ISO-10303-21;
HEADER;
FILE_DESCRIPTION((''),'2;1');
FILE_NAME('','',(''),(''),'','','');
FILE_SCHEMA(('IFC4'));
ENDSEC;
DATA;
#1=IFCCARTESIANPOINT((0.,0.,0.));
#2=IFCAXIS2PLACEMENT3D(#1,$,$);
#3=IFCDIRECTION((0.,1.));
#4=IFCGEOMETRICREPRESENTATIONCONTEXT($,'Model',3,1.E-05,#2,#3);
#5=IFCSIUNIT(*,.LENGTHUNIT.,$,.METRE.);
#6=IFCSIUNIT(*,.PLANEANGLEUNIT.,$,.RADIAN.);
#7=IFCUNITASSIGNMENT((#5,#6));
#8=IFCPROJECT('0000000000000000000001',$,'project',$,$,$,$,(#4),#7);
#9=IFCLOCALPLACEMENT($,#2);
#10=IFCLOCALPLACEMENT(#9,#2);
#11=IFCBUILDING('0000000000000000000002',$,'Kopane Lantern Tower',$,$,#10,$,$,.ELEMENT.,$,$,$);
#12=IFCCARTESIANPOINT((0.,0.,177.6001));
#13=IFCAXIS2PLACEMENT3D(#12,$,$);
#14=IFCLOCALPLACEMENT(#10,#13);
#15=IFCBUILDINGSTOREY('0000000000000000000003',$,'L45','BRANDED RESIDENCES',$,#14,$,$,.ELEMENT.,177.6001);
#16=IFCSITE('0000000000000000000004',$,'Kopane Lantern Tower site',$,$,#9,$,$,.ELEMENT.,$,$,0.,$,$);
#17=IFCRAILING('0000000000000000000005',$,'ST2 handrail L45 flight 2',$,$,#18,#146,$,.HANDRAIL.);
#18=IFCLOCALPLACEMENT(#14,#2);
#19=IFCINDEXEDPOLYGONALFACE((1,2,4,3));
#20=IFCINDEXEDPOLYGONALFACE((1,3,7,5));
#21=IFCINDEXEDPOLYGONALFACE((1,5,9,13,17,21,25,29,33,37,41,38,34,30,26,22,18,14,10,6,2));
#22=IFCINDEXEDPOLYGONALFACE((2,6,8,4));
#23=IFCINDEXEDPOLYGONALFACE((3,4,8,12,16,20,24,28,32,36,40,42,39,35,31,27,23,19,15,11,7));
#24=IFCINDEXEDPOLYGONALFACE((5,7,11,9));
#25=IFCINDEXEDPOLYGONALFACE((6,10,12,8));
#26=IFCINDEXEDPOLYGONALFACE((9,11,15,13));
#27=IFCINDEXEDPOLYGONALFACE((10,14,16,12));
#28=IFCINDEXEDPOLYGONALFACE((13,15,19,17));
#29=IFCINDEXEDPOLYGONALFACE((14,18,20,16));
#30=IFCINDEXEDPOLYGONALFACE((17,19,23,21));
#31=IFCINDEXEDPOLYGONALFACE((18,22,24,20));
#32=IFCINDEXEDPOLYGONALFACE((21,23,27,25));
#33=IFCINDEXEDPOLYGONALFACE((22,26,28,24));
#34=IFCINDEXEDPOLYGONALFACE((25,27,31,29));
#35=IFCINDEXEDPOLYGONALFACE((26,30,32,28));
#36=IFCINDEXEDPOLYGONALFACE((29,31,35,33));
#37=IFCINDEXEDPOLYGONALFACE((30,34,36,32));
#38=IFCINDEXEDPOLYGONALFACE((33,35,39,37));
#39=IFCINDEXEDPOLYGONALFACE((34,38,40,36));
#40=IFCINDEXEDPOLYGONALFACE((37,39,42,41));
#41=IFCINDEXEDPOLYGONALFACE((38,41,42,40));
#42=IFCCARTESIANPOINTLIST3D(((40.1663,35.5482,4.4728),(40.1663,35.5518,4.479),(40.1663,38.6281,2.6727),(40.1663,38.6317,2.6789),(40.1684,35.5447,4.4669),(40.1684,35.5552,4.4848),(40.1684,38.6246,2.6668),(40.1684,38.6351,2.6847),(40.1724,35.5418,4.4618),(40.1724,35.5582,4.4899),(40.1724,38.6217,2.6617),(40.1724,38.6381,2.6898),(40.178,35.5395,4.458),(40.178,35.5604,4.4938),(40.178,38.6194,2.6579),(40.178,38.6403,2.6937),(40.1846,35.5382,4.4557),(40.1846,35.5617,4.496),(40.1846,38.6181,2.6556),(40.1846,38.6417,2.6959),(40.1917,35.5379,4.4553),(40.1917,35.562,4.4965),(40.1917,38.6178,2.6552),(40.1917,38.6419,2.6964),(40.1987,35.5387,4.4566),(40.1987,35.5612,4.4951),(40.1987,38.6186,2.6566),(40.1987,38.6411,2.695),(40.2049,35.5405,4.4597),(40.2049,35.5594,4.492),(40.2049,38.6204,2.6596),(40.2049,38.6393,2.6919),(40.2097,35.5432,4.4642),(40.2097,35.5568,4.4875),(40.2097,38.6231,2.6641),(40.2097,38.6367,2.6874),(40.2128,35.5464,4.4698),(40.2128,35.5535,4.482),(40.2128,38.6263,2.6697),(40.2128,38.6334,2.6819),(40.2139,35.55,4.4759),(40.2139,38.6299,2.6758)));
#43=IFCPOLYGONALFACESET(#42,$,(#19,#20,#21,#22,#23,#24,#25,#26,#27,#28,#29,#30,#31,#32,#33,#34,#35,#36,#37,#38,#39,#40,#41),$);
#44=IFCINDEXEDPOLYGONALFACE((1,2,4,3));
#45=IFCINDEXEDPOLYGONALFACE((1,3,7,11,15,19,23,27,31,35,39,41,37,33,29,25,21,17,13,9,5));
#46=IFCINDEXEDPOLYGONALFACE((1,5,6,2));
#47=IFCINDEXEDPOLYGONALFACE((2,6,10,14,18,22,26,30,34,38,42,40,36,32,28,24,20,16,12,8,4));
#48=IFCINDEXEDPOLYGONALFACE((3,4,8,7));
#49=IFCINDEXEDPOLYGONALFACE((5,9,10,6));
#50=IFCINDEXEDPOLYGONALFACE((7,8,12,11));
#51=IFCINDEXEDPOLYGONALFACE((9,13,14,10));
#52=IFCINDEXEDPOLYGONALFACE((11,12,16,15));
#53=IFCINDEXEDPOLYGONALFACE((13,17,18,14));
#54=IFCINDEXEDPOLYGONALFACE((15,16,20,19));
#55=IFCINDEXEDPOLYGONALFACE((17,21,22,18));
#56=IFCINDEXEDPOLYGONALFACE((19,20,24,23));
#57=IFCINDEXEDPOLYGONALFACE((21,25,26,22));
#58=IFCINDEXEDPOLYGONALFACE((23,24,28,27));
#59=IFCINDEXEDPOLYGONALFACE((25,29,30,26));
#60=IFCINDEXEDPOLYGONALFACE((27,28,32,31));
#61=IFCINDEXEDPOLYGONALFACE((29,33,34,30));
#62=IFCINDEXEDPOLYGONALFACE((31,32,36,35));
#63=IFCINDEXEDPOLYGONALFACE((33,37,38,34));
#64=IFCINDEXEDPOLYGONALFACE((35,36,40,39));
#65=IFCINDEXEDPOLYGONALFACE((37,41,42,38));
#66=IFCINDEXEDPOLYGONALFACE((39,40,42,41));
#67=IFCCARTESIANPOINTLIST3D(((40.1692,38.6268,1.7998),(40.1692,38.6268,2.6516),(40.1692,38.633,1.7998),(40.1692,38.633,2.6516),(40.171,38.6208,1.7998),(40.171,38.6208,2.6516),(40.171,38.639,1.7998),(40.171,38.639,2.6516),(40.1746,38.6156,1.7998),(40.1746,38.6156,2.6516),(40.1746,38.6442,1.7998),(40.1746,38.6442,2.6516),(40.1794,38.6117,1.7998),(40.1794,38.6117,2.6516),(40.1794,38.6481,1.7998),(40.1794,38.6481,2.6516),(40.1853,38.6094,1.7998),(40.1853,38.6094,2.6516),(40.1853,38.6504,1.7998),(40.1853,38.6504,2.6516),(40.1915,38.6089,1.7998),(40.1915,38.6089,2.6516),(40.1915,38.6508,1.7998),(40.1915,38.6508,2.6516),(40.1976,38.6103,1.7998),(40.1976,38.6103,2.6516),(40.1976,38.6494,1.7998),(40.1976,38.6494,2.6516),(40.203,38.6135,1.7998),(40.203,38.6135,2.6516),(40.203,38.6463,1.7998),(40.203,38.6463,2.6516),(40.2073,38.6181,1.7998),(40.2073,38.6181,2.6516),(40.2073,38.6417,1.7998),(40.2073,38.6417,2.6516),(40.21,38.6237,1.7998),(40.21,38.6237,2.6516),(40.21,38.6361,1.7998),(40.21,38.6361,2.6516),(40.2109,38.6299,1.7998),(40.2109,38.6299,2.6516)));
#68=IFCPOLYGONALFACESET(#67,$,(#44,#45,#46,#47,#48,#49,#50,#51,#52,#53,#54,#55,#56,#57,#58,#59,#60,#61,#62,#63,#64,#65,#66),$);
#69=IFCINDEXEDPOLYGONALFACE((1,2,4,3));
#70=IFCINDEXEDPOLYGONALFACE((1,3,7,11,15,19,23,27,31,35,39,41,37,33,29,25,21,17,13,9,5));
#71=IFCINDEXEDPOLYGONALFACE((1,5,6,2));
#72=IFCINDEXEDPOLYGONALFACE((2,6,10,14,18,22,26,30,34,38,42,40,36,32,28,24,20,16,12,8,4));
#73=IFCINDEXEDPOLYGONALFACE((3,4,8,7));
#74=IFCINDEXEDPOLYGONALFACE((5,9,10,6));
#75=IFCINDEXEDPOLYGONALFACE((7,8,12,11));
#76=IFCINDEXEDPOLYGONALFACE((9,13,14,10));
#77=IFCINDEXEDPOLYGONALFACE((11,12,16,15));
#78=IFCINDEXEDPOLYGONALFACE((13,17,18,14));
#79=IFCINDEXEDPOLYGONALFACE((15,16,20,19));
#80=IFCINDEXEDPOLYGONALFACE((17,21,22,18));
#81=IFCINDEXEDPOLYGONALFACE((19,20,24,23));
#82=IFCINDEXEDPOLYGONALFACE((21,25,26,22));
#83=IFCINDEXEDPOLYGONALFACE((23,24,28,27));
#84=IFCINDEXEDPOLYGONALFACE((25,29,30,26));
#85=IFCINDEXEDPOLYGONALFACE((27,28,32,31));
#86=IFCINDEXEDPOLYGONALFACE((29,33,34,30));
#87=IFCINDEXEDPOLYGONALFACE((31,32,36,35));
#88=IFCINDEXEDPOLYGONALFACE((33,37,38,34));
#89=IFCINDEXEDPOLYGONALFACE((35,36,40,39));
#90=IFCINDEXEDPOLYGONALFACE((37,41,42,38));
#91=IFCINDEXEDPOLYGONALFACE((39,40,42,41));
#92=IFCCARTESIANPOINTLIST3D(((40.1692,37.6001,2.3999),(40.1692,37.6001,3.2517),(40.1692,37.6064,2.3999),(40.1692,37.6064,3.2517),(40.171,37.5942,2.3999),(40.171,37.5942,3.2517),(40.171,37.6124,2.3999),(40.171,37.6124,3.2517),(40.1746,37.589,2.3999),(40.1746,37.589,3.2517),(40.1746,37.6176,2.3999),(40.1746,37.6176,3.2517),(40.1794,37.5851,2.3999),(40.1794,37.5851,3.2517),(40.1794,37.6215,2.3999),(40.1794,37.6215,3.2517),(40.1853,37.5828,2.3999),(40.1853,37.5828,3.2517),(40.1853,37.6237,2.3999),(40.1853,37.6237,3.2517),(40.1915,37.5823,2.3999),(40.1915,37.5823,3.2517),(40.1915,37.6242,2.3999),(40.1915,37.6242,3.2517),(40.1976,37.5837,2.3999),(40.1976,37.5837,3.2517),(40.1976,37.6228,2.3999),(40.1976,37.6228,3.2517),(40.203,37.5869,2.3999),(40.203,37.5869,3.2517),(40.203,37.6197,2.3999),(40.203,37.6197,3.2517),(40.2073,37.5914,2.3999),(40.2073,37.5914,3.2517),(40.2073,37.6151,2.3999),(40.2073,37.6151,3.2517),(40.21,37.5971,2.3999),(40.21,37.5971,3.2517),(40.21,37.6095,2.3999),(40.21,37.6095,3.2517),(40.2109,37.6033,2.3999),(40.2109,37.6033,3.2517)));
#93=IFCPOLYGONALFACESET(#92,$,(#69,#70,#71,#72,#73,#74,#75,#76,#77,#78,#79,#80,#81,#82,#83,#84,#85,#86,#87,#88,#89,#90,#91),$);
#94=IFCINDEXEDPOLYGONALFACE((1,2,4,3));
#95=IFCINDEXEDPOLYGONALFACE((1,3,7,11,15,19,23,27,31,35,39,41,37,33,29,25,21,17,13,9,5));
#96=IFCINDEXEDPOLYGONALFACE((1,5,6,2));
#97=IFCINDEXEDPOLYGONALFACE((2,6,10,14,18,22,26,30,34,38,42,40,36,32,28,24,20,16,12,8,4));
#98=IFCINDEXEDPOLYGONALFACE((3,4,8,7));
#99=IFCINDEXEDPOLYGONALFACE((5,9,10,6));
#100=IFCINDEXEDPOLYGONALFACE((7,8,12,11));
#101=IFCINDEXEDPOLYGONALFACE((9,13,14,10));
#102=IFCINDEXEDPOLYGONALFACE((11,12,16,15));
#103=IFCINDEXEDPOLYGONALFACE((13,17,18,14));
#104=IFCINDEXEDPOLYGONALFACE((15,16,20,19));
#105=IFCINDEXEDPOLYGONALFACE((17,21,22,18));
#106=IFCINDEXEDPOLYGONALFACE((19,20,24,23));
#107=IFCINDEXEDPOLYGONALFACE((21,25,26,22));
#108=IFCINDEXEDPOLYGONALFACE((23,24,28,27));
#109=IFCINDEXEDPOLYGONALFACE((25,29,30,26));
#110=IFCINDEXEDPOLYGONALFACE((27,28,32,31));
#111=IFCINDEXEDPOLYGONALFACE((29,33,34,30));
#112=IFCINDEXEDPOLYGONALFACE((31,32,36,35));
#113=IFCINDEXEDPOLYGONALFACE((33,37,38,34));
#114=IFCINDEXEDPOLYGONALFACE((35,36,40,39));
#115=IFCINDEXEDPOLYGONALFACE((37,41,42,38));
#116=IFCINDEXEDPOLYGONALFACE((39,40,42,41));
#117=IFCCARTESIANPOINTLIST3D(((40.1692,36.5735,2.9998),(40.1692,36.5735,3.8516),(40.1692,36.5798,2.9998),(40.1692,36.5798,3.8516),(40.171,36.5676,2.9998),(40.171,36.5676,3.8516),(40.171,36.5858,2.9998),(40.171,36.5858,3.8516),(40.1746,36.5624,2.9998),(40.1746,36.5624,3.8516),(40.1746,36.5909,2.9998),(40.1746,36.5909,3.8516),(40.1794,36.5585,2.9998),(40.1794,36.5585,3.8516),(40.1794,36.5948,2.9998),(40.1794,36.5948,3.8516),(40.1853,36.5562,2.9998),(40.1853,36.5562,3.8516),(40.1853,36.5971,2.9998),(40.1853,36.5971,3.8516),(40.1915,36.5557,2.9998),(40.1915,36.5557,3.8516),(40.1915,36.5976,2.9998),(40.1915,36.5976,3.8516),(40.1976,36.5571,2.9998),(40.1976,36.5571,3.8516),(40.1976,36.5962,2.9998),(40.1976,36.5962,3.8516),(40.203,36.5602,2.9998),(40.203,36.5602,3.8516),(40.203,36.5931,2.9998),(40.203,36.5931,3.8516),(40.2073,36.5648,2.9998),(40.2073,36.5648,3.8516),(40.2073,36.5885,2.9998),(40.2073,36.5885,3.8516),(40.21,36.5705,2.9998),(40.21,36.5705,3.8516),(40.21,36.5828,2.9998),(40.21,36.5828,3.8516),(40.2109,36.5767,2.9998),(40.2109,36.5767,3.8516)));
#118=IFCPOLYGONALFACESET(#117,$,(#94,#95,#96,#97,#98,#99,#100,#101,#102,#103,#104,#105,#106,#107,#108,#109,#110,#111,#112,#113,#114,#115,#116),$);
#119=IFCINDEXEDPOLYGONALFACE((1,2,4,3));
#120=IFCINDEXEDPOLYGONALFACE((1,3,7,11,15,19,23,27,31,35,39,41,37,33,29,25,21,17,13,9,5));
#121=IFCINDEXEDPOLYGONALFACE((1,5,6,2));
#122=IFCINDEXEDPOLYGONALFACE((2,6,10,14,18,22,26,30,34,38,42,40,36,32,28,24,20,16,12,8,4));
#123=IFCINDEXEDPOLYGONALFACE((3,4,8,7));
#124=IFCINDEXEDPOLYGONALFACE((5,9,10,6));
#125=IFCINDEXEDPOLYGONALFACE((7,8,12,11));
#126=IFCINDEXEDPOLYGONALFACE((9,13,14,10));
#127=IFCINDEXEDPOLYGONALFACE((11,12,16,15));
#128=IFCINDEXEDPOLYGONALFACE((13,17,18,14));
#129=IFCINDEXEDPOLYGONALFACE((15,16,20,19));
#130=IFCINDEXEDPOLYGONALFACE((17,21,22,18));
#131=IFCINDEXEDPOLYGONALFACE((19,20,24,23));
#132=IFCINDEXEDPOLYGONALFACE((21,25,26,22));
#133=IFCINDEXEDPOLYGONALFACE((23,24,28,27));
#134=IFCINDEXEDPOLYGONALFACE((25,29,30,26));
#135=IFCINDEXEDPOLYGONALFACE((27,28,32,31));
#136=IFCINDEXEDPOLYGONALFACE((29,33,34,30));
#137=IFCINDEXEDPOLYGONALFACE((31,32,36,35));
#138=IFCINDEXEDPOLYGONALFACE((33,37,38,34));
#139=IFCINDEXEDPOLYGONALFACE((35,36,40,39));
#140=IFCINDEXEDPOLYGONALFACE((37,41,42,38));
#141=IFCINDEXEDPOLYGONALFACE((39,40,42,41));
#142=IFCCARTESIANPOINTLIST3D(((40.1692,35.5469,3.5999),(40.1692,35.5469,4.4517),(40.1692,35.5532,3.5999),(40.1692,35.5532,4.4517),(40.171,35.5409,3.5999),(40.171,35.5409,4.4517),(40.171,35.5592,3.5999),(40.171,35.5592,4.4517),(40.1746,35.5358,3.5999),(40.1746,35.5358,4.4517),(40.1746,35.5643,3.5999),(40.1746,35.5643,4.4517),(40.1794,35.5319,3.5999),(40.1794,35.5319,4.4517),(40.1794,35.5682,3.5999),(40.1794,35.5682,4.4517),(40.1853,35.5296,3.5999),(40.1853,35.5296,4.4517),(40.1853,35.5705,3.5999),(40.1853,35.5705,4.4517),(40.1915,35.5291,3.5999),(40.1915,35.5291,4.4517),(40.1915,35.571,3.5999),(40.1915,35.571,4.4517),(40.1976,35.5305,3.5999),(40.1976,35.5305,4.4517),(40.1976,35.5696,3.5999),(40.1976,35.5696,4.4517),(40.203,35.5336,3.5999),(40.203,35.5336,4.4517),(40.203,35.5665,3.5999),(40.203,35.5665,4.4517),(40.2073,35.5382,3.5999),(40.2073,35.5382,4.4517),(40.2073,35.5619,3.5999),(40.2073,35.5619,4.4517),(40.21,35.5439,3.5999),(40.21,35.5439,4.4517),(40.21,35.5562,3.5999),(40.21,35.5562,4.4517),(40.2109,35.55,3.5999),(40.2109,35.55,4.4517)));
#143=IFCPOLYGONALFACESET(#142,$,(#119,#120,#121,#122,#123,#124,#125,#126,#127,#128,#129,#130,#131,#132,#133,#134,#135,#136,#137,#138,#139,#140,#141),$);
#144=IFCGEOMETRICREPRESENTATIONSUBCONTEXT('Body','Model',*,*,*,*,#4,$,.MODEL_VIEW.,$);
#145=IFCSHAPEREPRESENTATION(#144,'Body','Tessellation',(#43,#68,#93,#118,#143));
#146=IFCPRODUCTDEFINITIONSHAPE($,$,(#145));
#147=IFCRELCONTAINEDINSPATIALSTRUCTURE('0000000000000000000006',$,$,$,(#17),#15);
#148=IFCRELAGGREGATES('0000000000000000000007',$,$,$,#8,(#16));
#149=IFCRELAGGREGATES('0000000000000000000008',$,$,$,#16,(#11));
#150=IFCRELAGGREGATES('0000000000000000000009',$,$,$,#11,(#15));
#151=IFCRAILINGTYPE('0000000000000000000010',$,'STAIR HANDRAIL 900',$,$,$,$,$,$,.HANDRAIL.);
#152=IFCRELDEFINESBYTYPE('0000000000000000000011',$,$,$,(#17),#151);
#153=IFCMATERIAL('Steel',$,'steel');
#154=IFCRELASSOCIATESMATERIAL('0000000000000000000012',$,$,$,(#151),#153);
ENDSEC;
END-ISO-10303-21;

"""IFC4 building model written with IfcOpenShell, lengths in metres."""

from ifc_helpers import new_model, si_unit, direction, frame, origin, origin_2d, place, context, subcontext, project, spatial, circle, extrude, material, type_object, element, save


model = new_model("IFC4")

# Units and contexts
model_context = context("Model", 3, precision=1e-05, world=origin(), true_north=direction((0.0, 1.0)))
body_context = subcontext(model_context, "Body", "Model", "MODEL_VIEW")
ifc_project = project(units=[si_unit("LENGTHUNIT", "METRE"), si_unit("PLANEANGLEUNIT", "RADIAN")], contexts=[model_context])

# Site, building, storey
site_placement = place(None, origin())
site = spatial("IfcSite", under=ifc_project, at=site_placement, Name="Kopane Lantern Tower site", CompositionType="ELEMENT", RefElevation=0.0)
building_placement = place(site_placement, origin())
building = spatial("IfcBuilding", under=site, at=building_placement, Name="Kopane Lantern Tower", CompositionType="ELEMENT")
storey_placement = place(building_placement, frame((0.0, 0.0, 177.6001)))
storey = spatial("IfcBuildingStorey", under=building, at=storey_placement, Name="L45", Description="BRANDED RESIDENCES", CompositionType="ELEMENT", Elevation=177.6001)

# Railing
ifc_material_1 = material(Name="Steel", Category="steel")
railing_type_1 = type_object("IfcRailingType", Name="STAIR HANDRAIL 900", PredefinedType="HANDRAIL", material=ifc_material_1)
for number, where, name in (
    (1, (40.1899, 38.6299, 1.7998), "ST2 handrail L45 flight 2"),
):
    element("IfcRailing", number, at=place(storey_placement, frame(where)), inside=storey, type_object=railing_type_1, Name=name, PredefinedType="HANDRAIL", context=body_context, shape_type="SweptSolid", body=[
        extrude(circle(Radius=0.0239, at=origin_2d()), frame((0.0, 0.0, 0.876), z_axis=(0.0, -0.863354, 0.504598), x_axis=(1.0, 0.0, 0.0)), (0.0, 0.0, 1.0), 3.5674),
        extrude(circle(Radius=0.021, at=origin_2d()), origin(), (0.0, 0.0, 1.0), 0.8518),
        extrude(circle(Radius=0.021, at=origin_2d()), frame((0.0, -1.0266, 0.6001)), (0.0, 0.0, 1.0), 0.8518),
        extrude(circle(Radius=0.021, at=origin_2d()), frame((0.0, -2.0532, 1.2)), (0.0, 0.0, 1.0), 0.8518),
        extrude(circle(Radius=0.021, at=origin_2d()), frame((0.0, -3.0798, 1.8)), (0.0, 0.0, 1.0), 0.8518),
    ])

save(model, "model.ifc")
